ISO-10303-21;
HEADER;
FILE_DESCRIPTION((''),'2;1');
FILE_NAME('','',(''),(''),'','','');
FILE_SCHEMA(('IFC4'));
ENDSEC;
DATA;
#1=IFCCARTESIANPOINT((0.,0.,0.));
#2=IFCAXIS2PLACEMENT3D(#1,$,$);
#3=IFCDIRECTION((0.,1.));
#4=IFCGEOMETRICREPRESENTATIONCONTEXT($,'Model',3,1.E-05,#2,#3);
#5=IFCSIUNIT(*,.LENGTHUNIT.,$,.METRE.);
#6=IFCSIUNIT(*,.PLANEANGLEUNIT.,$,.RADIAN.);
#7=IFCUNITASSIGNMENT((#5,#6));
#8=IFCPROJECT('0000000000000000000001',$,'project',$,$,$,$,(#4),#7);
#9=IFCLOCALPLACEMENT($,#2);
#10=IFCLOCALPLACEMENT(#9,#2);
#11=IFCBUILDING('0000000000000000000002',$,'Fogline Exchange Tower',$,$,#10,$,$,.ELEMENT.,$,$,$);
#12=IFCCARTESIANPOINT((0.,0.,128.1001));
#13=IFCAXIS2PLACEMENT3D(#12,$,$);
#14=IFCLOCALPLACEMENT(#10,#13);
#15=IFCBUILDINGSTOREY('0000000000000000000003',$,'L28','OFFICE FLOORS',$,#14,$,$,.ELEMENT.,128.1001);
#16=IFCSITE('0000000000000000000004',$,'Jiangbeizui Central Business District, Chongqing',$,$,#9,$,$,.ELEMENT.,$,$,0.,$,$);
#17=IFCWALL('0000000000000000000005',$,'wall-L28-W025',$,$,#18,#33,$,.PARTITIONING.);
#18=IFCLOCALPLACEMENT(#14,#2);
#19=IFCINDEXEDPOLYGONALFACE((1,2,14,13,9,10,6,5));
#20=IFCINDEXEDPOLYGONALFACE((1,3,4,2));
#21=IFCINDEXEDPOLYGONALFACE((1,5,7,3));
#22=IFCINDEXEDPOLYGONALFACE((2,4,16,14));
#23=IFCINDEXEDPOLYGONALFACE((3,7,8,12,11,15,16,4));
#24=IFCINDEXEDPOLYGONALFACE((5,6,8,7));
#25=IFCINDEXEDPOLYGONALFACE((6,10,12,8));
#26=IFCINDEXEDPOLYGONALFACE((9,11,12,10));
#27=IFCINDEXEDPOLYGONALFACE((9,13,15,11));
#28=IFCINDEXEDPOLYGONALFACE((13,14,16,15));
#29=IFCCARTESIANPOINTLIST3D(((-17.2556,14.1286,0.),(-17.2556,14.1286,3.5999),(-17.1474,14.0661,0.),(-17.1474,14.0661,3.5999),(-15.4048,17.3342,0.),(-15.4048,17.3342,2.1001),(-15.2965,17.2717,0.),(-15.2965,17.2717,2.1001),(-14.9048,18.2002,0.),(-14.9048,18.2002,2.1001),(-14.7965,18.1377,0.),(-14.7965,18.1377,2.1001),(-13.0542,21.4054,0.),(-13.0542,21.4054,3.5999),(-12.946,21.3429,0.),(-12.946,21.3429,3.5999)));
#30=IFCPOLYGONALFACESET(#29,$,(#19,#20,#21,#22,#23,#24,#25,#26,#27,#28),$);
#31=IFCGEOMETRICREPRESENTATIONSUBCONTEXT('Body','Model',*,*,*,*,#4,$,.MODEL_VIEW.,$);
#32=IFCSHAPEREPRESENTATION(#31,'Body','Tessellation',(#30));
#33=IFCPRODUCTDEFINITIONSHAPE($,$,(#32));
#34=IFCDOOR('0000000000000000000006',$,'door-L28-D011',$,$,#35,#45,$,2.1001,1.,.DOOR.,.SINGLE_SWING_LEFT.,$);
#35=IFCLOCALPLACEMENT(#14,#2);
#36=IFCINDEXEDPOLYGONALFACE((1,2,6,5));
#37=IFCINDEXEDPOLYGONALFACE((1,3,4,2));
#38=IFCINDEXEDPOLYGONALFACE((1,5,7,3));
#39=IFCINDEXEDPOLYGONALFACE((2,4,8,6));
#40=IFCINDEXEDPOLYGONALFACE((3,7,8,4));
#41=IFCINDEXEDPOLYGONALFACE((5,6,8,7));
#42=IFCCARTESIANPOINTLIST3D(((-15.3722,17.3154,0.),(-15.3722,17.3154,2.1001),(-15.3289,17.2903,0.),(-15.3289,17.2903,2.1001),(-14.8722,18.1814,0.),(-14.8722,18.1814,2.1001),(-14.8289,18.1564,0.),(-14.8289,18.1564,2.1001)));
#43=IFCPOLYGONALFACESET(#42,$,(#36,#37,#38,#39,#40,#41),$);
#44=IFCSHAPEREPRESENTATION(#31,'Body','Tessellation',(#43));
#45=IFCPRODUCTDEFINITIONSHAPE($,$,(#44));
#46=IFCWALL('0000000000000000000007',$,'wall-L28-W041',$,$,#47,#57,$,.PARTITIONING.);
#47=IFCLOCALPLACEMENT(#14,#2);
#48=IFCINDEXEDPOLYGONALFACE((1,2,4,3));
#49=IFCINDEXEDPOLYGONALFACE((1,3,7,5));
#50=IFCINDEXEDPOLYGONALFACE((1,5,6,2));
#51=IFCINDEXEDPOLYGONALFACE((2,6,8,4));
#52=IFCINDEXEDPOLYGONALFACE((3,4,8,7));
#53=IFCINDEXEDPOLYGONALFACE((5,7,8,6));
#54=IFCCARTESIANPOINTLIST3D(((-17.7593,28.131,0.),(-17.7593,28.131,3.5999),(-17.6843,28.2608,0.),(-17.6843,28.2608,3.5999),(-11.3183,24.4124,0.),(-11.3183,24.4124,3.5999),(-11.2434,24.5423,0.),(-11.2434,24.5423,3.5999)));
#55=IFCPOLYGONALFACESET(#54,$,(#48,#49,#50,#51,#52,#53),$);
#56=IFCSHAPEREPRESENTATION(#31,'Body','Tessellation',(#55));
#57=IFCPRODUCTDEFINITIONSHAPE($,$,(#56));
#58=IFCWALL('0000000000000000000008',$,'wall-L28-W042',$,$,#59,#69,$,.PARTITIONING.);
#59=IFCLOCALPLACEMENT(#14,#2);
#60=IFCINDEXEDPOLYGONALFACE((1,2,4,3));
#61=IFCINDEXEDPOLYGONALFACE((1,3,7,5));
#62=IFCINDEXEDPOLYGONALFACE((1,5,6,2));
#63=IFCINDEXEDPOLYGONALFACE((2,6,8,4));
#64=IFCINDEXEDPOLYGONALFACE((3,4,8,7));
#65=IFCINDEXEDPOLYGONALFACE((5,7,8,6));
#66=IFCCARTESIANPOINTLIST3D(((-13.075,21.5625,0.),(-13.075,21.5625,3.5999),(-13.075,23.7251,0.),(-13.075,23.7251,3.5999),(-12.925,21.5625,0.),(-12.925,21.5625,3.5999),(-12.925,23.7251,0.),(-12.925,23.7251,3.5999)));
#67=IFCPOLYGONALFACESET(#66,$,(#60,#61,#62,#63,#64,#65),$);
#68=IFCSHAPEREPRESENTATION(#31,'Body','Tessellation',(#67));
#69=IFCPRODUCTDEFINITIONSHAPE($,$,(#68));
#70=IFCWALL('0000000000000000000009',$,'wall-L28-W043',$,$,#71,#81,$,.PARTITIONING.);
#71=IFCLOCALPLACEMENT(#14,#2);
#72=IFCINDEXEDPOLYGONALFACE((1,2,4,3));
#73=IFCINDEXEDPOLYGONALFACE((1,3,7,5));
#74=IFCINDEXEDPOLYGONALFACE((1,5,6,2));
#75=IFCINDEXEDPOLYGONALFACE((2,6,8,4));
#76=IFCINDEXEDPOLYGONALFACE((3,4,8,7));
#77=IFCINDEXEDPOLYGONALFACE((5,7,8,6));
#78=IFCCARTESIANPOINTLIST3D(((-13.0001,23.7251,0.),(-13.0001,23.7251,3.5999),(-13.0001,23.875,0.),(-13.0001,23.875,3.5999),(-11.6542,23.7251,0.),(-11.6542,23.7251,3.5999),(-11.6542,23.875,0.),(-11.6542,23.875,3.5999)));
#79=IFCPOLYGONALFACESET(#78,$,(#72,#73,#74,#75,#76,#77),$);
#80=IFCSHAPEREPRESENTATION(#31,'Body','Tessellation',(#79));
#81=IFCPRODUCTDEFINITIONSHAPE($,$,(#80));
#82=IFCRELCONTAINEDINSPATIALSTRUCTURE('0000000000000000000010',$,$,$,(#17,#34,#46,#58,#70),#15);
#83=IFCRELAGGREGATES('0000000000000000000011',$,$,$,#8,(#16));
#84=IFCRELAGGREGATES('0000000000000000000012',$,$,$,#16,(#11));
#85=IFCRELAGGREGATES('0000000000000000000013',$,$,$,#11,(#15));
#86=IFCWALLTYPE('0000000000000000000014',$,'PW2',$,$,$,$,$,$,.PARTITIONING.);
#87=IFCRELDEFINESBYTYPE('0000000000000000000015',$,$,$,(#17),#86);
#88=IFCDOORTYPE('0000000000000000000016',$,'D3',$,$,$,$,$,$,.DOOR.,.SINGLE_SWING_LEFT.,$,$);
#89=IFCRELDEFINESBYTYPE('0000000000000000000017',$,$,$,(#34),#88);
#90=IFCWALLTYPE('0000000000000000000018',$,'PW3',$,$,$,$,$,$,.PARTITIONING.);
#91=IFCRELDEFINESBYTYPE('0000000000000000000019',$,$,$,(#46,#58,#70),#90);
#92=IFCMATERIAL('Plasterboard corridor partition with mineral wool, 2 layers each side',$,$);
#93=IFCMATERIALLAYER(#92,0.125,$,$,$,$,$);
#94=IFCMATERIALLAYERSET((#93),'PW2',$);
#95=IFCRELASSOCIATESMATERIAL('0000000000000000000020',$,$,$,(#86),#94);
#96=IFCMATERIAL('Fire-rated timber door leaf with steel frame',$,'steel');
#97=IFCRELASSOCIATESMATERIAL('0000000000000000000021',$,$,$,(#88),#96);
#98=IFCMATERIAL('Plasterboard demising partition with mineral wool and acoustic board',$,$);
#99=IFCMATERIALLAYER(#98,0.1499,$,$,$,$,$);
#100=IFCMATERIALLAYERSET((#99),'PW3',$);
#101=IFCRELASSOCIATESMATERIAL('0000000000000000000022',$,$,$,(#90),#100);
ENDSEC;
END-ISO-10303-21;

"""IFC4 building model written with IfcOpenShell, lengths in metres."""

from ifc_helpers import new_model, si_unit, direction, frame, frame_2d, origin, place, context, subcontext, project, spatial, rectangle, extrude, material, layer, layer_set, type_object, element, fill, save


model = new_model("IFC4")

# Units and contexts
model_context = context("Model", 3, precision=1e-05, world=origin(), true_north=direction((0.0, 1.0)))
body_context = subcontext(model_context, "Body", "Model", "MODEL_VIEW")
ifc_project = project(units=[si_unit("LENGTHUNIT", "METRE"), si_unit("PLANEANGLEUNIT", "RADIAN")], contexts=[model_context])

# Site, building, storey
site_placement = place(None, origin())
site = spatial("IfcSite", under=ifc_project, at=site_placement, Name="Jiangbeizui Central Business District, Chongqing", CompositionType="ELEMENT", RefElevation=0.0)
building_placement = place(site_placement, origin())
building = spatial("IfcBuilding", under=site, at=building_placement, Name="Fogline Exchange Tower", CompositionType="ELEMENT")
storey_placement = place(building_placement, frame((0.0, 0.0, 128.1001)))
storey = spatial("IfcBuildingStorey", under=building, at=storey_placement, Name="L28", Description="OFFICE FLOORS", CompositionType="ELEMENT", Elevation=128.1001)

# Shared definitions
ifc_material_1 = material(Name="Plasterboard corridor partition with mineral wool, 2 layers each side")
ifc_layer_1 = layer(ifc_material_1, 0.125)
ifc_layer_set_1 = layer_set([ifc_layer_1], Name="PW2")
wall_type_1 = type_object("IfcWallType", Name="PW2", PredefinedType="PARTITIONING", material=ifc_layer_set_1)
ifc_material_2 = material(Name="Fire-rated timber door leaf with steel frame", Category="steel")
door_type = type_object("IfcDoorType", Name="D3", OperationType="SINGLE_SWING_LEFT", PredefinedType="DOOR", material=ifc_material_2)

# Wall, opening, door
wall_1_placement = place(storey_placement, frame((-17.2014, 14.0974, 0.0), z_axis=(0.0, 0.0, 1.0), x_axis=(0.500011, 0.866019, 0.0)))
wall_1 = element("IfcWall", 1, at=wall_1_placement, inside=storey, type_object=wall_type_1, Name="wall-L28-W025", PredefinedType="PARTITIONING", context=body_context, shape_type="SweptSolid", body=[
    extrude(rectangle(XDim=8.4026, YDim=0.125, at=frame_2d((4.2012, 0.0))), origin(), (0.0, 0.0, 1.0), 3.5999),
])
opening_1_placement = place(wall_1_placement, frame((3.7014, 0.0, 0.0)))
opening_1 = element("IfcOpeningElement", 2, at=opening_1_placement, cuts=wall_1, PredefinedType="OPENING", context=body_context, shape_type="SweptSolid", body=[
    extrude(rectangle(XDim=1.0, YDim=2.1001, at=frame_2d((0.5, 1.05))), frame((0.0, 0.0725, 0.0), z_axis=(0.0, -1.0, 0.0), x_axis=(1.0, 0.0, 0.0)), (0.0, 0.0, 1.0), 0.145),
])
door_1_placement = place(opening_1_placement, origin())
door_1 = element("IfcDoor", 3, at=door_1_placement, inside=storey, type_object=door_type, Name="door-L28-D011", OperationType="SINGLE_SWING_LEFT", OverallHeight=2.1001, OverallWidth=1.0, PredefinedType="DOOR", context=body_context, shape_type="SweptSolid", body=[
    extrude(rectangle(XDim=1.0, YDim=2.1001, at=frame_2d((0.5, 1.05))), frame((0.0, 0.0249, 0.0), z_axis=(0.0, -1.0, 0.0), x_axis=(1.0, 0.0, 0.0)), (0.0, 0.0, 1.0), 0.05),
])
fill(opening_1, door_1)

# Walls
ifc_material_3 = material(Name="Plasterboard demising partition with mineral wool and acoustic board")
ifc_layer_2 = layer(ifc_material_3, 0.1499)
ifc_layer_set_2 = layer_set([ifc_layer_2], Name="PW3")
wall_type_2 = type_object("IfcWallType", Name="PW3", PredefinedType="PARTITIONING", material=ifc_layer_set_2)
wall_2_placement = place(storey_placement, frame((-11.2808, 24.4773, 0.0), z_axis=(0.0, 0.0, 1.0), x_axis=(-0.866035, 0.499984, 0.0)))
element("IfcWall", 4, at=wall_2_placement, inside=storey, type_object=wall_type_2, Name="wall-L28-W041", PredefinedType="PARTITIONING", context=body_context, shape_type="SweptSolid", body=[
    extrude(rectangle(XDim=7.4373, YDim=0.1499, at=frame_2d((3.7188, 0.0))), origin(), (0.0, 0.0, 1.0), 3.5999),
])
wall_3_placement = place(storey_placement, frame((-13.0, 21.5625, 0.0), z_axis=(0.0, 0.0, 1.0), x_axis=(0.0, 1.0, 0.0)))
element("IfcWall", 5, at=wall_3_placement, inside=storey, type_object=wall_type_2, Name="wall-L28-W042", PredefinedType="PARTITIONING", context=body_context, shape_type="SweptSolid", body=[
    extrude(rectangle(XDim=2.1626, YDim=0.1499, at=frame_2d((1.0813, 0.0))), origin(), (0.0, 0.0, 1.0), 3.5999),
])
wall_4_placement = place(storey_placement, frame((-13.0, 23.8, 0.0), z_axis=(0.0, 0.0, 1.0), x_axis=(1.0, 0.0, 0.0)))
element("IfcWall", 6, at=wall_4_placement, inside=storey, type_object=wall_type_2, Name="wall-L28-W043", PredefinedType="PARTITIONING", context=body_context, shape_type="SweptSolid", body=[
    extrude(rectangle(XDim=1.3459, YDim=0.1499, at=frame_2d((0.6729, 0.0))), origin(), (0.0, 0.0, 1.0), 3.5999),
])

save(model, "model.ifc")
